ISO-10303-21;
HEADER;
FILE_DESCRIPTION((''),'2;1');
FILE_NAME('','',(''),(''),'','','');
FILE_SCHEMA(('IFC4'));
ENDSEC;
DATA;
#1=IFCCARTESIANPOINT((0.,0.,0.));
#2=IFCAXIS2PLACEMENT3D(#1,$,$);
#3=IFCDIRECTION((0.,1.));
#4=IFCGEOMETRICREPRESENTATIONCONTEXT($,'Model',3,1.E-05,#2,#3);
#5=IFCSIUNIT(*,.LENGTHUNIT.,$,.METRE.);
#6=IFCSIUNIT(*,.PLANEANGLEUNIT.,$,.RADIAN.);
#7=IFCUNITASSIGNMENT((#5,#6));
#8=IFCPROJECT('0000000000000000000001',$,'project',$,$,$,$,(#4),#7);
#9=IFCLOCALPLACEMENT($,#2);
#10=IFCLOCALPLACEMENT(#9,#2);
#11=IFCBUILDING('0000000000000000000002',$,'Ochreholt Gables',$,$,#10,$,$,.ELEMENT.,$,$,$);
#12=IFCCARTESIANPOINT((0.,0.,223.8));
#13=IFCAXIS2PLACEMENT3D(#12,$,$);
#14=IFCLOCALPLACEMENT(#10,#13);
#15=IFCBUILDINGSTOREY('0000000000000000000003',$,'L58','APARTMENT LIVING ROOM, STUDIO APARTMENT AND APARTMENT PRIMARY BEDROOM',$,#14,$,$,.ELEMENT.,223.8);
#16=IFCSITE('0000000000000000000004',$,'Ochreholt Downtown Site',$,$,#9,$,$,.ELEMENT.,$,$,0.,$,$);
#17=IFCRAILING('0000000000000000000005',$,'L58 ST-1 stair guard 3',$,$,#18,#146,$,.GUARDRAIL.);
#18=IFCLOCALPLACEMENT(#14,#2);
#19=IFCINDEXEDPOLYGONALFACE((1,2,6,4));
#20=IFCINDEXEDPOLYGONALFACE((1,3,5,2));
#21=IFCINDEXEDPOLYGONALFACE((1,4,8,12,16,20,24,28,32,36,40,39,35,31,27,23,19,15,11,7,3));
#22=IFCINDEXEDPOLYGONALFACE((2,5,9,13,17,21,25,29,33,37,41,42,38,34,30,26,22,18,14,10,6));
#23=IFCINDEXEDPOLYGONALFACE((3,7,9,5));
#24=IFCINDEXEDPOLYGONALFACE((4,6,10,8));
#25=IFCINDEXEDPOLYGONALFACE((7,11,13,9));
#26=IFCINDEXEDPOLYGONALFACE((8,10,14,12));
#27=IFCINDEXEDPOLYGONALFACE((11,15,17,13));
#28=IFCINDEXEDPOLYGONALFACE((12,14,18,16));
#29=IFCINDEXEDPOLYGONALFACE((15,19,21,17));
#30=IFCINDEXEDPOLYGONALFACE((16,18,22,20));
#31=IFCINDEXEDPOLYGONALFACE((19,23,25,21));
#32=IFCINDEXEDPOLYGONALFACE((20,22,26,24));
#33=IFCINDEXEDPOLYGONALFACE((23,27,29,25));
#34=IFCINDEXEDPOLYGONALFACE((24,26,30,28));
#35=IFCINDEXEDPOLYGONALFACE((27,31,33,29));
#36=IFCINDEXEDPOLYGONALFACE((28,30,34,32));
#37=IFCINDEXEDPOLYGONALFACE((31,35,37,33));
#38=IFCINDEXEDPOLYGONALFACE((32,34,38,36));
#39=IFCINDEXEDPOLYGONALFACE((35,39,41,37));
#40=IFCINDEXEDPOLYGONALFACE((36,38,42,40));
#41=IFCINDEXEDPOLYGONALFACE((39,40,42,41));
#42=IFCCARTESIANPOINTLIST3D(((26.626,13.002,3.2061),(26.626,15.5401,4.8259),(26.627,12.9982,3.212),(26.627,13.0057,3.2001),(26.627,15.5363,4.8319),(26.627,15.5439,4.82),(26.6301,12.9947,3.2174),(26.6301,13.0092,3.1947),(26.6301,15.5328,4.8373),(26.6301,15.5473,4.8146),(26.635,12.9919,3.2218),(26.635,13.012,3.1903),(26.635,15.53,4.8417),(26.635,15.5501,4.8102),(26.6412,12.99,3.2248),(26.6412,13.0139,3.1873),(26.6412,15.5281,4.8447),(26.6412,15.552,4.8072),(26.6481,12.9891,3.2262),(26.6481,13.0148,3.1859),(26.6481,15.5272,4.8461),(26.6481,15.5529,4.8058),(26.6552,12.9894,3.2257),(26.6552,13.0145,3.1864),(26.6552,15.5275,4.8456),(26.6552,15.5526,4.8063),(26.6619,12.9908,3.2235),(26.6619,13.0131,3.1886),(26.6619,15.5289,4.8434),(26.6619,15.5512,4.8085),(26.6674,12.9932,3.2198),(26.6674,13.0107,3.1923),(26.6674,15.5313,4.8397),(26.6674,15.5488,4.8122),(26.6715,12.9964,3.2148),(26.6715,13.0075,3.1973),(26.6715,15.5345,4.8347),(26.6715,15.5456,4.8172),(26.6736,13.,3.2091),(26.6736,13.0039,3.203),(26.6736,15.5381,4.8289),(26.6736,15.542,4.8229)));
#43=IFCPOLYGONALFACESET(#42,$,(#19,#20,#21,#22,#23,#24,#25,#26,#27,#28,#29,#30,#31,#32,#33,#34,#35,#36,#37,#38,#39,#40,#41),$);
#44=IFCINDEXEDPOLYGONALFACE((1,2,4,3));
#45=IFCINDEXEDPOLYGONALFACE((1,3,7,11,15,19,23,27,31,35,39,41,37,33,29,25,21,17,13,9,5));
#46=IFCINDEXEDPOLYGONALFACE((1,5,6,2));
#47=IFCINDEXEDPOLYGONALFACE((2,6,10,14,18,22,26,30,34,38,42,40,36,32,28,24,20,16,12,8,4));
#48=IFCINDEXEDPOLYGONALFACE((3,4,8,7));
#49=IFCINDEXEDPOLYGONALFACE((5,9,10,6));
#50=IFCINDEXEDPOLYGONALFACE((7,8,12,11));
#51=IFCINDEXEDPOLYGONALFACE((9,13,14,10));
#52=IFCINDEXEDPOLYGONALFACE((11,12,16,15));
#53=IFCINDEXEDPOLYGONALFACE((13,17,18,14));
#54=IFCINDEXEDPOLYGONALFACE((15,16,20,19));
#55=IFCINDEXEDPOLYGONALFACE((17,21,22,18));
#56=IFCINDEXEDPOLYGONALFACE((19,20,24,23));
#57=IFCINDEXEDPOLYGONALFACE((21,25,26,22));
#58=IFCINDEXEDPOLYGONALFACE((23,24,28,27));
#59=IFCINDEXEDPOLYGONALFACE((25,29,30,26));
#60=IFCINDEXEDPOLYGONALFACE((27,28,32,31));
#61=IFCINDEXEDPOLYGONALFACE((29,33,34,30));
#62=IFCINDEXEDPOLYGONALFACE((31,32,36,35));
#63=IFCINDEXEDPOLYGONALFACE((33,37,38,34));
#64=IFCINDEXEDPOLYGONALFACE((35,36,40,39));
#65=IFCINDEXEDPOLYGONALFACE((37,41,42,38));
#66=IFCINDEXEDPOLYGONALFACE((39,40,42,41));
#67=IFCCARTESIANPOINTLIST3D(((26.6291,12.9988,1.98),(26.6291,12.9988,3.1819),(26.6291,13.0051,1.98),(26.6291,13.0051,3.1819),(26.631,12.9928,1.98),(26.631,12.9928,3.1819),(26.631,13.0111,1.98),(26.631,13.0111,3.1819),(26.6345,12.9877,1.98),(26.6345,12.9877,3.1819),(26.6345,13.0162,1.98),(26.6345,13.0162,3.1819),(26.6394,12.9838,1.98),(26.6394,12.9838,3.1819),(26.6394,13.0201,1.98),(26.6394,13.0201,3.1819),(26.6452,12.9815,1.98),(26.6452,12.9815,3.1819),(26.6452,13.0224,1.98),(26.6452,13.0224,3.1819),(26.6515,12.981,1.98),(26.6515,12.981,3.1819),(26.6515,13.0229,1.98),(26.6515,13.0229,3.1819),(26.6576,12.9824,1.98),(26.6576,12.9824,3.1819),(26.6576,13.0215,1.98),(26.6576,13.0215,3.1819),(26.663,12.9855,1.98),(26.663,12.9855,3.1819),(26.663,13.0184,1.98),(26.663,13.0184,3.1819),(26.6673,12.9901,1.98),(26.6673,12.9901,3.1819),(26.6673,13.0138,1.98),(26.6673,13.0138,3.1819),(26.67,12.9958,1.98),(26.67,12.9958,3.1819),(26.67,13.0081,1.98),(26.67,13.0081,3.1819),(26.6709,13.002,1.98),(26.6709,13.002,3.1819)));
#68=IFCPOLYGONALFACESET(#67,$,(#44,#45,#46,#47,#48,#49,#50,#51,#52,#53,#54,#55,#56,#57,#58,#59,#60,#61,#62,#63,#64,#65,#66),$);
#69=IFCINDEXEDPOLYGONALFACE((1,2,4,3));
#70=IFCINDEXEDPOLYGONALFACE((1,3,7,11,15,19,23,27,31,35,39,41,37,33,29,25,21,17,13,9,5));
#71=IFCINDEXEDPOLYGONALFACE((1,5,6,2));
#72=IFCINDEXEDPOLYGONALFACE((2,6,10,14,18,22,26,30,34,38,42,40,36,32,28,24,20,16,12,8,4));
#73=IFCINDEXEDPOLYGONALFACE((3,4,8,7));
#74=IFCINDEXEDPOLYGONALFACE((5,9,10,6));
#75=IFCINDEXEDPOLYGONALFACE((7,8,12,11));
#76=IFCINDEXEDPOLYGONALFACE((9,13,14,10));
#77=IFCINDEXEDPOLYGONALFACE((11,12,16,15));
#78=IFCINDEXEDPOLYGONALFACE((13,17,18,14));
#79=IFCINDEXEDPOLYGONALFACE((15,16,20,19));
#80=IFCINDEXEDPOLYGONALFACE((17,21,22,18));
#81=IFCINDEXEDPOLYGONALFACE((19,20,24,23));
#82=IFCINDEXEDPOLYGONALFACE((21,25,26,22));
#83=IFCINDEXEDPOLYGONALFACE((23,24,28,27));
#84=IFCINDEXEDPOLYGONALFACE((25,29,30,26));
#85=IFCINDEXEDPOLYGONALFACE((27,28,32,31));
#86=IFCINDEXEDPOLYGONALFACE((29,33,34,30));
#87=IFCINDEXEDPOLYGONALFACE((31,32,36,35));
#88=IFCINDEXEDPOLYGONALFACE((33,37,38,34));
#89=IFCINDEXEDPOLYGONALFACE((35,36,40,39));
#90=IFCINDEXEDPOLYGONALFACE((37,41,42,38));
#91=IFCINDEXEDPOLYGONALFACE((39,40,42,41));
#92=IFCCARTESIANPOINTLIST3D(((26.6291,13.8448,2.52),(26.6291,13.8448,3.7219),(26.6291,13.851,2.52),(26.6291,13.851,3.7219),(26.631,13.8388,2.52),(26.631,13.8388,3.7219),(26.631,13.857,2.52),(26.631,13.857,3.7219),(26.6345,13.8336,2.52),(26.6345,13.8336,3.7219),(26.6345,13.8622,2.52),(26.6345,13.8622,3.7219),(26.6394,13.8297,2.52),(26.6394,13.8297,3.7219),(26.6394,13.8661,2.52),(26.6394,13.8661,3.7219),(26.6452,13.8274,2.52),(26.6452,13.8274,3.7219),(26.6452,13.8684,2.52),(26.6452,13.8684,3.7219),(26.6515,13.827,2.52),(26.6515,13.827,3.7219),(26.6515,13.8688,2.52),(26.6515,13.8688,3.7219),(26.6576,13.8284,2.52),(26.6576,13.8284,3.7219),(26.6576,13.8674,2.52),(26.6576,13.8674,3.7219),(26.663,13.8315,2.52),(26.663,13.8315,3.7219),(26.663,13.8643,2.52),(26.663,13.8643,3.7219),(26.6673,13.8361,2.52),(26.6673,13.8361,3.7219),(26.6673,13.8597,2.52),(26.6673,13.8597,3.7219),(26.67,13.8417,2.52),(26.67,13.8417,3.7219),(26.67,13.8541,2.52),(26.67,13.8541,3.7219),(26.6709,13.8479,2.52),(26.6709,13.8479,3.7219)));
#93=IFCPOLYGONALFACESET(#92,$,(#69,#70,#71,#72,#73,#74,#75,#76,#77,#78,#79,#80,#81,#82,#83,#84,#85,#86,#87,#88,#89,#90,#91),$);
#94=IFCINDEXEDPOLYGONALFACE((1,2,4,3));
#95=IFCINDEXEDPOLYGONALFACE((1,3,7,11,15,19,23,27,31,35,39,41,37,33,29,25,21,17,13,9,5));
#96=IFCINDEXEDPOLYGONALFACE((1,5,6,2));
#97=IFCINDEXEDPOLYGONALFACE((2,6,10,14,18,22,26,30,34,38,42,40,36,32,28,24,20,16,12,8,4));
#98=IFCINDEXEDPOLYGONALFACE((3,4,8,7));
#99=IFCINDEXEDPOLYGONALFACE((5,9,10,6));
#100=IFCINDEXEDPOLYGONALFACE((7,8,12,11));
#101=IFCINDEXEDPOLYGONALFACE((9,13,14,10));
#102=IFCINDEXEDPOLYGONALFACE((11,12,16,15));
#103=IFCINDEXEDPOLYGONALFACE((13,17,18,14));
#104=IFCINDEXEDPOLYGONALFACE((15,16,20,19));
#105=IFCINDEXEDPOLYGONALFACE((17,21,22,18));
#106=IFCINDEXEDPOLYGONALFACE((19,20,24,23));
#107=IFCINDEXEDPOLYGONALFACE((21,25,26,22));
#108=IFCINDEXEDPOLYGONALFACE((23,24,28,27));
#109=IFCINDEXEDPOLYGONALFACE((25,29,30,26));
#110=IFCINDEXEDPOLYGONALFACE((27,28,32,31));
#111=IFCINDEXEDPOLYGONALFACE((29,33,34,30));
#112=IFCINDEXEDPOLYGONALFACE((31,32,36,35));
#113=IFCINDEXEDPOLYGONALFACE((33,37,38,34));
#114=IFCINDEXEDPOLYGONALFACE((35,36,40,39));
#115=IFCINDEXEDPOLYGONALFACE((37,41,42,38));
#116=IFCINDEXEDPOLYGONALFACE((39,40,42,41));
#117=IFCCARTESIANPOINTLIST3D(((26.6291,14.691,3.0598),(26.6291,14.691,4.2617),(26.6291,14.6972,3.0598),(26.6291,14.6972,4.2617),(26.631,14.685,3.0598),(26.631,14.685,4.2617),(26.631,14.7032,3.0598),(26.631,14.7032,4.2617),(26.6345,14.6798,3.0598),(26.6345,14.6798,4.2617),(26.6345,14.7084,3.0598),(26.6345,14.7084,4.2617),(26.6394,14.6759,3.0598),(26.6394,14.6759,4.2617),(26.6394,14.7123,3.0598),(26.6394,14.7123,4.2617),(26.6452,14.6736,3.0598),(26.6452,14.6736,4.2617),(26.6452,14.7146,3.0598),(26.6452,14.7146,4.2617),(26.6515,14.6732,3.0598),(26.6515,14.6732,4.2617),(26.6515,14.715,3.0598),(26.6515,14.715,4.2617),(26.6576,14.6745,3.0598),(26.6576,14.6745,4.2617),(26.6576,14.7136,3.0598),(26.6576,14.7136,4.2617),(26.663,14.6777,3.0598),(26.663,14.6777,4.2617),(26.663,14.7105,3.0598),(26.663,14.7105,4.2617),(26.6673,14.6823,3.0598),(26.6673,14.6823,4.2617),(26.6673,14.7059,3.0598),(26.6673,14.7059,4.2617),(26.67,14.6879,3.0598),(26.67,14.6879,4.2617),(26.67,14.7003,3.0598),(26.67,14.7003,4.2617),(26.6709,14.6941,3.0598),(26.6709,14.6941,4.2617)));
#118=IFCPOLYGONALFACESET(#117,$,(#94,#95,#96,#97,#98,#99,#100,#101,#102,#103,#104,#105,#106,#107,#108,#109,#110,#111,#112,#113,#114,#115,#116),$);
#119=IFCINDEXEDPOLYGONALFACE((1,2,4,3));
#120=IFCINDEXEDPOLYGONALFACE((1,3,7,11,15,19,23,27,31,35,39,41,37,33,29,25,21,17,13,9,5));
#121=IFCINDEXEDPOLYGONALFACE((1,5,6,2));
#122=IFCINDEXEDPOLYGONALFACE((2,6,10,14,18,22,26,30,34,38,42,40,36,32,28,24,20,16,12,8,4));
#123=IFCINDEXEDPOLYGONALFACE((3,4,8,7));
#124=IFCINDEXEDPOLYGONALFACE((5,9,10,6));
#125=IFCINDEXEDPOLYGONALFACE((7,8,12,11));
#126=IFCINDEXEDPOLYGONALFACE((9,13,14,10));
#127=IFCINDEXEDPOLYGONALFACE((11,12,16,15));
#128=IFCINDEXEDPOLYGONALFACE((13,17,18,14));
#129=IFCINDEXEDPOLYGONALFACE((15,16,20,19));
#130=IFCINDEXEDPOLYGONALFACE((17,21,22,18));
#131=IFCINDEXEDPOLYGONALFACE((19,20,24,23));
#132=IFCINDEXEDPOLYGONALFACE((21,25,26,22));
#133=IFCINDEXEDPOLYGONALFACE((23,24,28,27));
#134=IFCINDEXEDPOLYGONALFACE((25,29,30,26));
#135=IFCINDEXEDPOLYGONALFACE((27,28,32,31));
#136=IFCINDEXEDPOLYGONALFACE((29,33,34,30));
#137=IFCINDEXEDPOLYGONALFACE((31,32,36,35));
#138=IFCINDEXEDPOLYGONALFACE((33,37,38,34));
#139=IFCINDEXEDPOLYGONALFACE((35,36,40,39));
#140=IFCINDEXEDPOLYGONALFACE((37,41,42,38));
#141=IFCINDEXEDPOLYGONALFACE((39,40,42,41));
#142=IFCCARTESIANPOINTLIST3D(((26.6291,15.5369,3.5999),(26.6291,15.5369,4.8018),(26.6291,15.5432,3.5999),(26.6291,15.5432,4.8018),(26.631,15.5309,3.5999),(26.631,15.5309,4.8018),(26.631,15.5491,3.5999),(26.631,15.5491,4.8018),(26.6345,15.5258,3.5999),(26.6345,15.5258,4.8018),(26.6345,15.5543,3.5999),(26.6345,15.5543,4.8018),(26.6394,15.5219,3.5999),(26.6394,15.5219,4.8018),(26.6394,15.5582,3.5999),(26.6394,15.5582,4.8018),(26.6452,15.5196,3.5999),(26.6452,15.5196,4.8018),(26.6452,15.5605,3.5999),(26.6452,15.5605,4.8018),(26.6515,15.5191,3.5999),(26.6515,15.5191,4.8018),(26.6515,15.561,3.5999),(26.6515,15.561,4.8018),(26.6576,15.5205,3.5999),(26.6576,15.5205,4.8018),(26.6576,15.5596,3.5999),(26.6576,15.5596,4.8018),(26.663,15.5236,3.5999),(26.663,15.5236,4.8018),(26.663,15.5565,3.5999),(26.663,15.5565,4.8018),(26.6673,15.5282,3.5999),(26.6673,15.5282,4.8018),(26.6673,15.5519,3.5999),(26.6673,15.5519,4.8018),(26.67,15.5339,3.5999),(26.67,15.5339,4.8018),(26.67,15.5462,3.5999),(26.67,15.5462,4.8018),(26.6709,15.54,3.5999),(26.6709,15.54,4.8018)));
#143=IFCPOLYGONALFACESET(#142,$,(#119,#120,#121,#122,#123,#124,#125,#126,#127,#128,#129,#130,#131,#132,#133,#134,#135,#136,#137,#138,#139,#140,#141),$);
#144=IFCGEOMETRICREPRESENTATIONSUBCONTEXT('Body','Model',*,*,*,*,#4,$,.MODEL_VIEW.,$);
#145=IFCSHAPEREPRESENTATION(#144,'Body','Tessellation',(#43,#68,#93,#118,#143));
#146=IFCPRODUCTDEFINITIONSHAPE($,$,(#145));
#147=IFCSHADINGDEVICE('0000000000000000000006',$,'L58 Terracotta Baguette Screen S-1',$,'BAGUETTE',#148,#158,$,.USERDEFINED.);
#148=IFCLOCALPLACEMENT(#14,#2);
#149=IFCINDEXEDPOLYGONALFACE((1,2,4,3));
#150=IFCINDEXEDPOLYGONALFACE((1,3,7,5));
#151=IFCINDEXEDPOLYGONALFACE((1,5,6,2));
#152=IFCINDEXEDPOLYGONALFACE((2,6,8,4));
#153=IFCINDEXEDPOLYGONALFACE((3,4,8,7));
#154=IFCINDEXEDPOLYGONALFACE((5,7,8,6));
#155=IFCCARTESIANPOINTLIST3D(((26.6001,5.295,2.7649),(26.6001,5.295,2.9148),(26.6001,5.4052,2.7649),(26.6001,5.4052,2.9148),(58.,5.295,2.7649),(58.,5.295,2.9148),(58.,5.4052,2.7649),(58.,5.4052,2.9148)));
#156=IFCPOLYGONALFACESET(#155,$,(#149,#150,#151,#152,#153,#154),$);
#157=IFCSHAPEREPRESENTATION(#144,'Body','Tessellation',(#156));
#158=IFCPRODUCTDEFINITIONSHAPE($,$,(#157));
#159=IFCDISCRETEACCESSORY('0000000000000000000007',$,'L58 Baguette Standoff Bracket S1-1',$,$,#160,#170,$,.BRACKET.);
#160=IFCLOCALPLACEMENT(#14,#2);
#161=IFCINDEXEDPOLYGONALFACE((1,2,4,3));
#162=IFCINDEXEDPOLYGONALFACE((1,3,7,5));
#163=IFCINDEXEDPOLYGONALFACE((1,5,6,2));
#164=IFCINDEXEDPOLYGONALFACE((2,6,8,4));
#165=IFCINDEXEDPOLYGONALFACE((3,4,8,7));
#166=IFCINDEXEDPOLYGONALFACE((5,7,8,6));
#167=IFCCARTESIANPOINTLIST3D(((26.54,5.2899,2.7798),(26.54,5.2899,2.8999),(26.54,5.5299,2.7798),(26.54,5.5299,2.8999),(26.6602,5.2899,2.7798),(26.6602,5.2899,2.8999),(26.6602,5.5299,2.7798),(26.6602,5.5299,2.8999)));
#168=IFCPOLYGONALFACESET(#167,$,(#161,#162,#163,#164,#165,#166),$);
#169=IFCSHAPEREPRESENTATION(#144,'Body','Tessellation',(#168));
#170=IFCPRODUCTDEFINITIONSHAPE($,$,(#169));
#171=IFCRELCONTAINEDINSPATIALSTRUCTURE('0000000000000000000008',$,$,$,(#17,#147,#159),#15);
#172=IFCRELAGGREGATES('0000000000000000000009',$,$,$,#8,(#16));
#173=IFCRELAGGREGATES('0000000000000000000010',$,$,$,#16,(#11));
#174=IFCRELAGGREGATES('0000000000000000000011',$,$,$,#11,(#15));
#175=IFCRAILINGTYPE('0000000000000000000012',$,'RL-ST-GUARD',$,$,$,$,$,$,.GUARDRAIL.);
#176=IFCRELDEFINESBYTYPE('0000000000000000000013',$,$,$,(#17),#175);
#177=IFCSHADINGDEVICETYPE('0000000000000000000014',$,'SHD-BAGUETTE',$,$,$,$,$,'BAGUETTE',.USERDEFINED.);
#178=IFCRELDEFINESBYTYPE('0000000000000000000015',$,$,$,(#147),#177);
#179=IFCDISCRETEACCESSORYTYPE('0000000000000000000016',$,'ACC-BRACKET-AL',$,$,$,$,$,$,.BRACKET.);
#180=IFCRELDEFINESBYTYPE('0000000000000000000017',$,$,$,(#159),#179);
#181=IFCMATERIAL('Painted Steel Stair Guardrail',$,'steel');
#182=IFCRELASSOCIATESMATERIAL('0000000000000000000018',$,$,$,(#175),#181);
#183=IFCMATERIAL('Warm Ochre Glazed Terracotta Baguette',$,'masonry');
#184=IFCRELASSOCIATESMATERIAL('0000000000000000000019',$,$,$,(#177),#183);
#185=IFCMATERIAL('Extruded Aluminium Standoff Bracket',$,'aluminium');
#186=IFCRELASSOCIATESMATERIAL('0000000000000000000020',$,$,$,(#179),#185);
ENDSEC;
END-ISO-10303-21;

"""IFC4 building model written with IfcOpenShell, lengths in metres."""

from ifc_helpers import new_model, si_unit, direction, frame, origin, origin_2d, place, context, subcontext, project, spatial, rectangle, circle, extrude, material, material_profile, profile_set, type_object, element, save


model = new_model("IFC4")

# Units and contexts
model_context = context("Model", 3, precision=1e-05, world=origin(), true_north=direction((0.0, 1.0)))
body_context = subcontext(model_context, "Body", "Model", "MODEL_VIEW")
ifc_project = project(units=[si_unit("LENGTHUNIT", "METRE"), si_unit("PLANEANGLEUNIT", "RADIAN")], contexts=[model_context])

# Site, building, storey
site_placement = place(None, origin())
site = spatial("IfcSite", under=ifc_project, at=site_placement, Name="Ochreholt Downtown Site", CompositionType="ELEMENT", RefElevation=0.0)
building_placement = place(site_placement, origin())
building = spatial("IfcBuilding", under=site, at=building_placement, Name="Ochreholt Gables", CompositionType="ELEMENT")
storey_placement = place(building_placement, frame((0.0, 0.0, 223.8)))
storey = spatial("IfcBuildingStorey", under=building, at=storey_placement, Name="L58", Description="APARTMENT LIVING ROOM, STUDIO APARTMENT AND APARTMENT PRIMARY BEDROOM", CompositionType="ELEMENT", Elevation=223.8)

# Railing
ifc_material_1 = material(Name="Painted Steel Stair Guardrail", Category="steel")
railing_type = type_object("IfcRailingType", Name="RL-ST-GUARD", PredefinedType="GUARDRAIL", material=ifc_material_1)
railing_1_placement = place(storey_placement, frame((26.6499, 13.002, 1.98)))
element("IfcRailing", 1, at=railing_1_placement, inside=storey, type_object=railing_type, Name="L58 ST-1 stair guard 3", PredefinedType="GUARDRAIL", context=body_context, shape_type="SweptSolid", body=[
    extrude(circle(Radius=0.0239, at=origin_2d()), frame((0.0, 0.0, 1.2261), z_axis=(0.0, 0.84295, 0.537993), x_axis=(-1.0, 0.0, 0.0)), (0.0, 0.0, 1.0), 3.011),
    extrude(circle(Radius=0.021, at=origin_2d()), origin(), (0.0, 0.0, 1.0), 1.2019),
    extrude(circle(Radius=0.021, at=origin_2d()), frame((0.0, 0.8459, 0.54)), (0.0, 0.0, 1.0), 1.2019),
    extrude(circle(Radius=0.021, at=origin_2d()), frame((0.0, 1.6921, 1.0798)), (0.0, 0.0, 1.0), 1.2019),
    extrude(circle(Radius=0.021, at=origin_2d()), frame((0.0, 2.5381, 1.6199)), (0.0, 0.0, 1.0), 1.2019),
])

# Shading device
ifc_material_2 = material(Name="Warm Ochre Glazed Terracotta Baguette", Category="masonry")
ifc_material_profile_1 = material_profile(ifc_material_2, rectangle(XDim=0.1101, YDim=0.1499, at=origin_2d()), Name="TCBAG110X150")
ifc_profile_set_1 = profile_set([ifc_material_profile_1], Name="Warm Ochre Glazed Terracotta Baguette")
shading_device_type = type_object("IfcShadingDeviceType", Name="SHD-BAGUETTE", ElementType="BAGUETTE", PredefinedType="USERDEFINED", material=ifc_profile_set_1)
shading_device_placement = place(storey_placement, frame((26.6001, 5.3501, 2.8398), z_axis=(1.0, 0.0, 0.0), x_axis=(0.0, 1.0, 0.0)))
element("IfcShadingDevice", 2, at=shading_device_placement, inside=storey, type_object=shading_device_type, Name="L58 Terracotta Baguette Screen S-1", ObjectType="BAGUETTE", PredefinedType="USERDEFINED", context=body_context, shape_type="SweptSolid", body=[
    extrude(rectangle(XDim=0.1101, YDim=0.1499, at=origin_2d()), origin(), (0.0, 0.0, 1.0), 31.3999),
])

# Discrete accessory
ifc_material_3 = material(Name="Extruded Aluminium Standoff Bracket", Category="aluminium")
discrete_accessory_type = type_object("IfcDiscreteAccessoryType", Name="ACC-BRACKET-AL", PredefinedType="BRACKET", material=ifc_material_3)
discrete_accessory_placement = place(storey_placement, frame((26.6001, 5.4099, 2.7798), z_axis=(0.0, 0.0, 1.0), x_axis=(1.0, 0.0, 0.0)))
element("IfcDiscreteAccessory", 3, at=discrete_accessory_placement, inside=storey, type_object=discrete_accessory_type, Name="L58 Baguette Standoff Bracket S1-1", PredefinedType="BRACKET", context=body_context, shape_type="SweptSolid", body=[
    extrude(rectangle(XDim=0.1201, YDim=0.24, at=origin_2d()), origin(), (0.0, 0.0, 1.0), 0.1201),
])

save(model, "model.ifc")
